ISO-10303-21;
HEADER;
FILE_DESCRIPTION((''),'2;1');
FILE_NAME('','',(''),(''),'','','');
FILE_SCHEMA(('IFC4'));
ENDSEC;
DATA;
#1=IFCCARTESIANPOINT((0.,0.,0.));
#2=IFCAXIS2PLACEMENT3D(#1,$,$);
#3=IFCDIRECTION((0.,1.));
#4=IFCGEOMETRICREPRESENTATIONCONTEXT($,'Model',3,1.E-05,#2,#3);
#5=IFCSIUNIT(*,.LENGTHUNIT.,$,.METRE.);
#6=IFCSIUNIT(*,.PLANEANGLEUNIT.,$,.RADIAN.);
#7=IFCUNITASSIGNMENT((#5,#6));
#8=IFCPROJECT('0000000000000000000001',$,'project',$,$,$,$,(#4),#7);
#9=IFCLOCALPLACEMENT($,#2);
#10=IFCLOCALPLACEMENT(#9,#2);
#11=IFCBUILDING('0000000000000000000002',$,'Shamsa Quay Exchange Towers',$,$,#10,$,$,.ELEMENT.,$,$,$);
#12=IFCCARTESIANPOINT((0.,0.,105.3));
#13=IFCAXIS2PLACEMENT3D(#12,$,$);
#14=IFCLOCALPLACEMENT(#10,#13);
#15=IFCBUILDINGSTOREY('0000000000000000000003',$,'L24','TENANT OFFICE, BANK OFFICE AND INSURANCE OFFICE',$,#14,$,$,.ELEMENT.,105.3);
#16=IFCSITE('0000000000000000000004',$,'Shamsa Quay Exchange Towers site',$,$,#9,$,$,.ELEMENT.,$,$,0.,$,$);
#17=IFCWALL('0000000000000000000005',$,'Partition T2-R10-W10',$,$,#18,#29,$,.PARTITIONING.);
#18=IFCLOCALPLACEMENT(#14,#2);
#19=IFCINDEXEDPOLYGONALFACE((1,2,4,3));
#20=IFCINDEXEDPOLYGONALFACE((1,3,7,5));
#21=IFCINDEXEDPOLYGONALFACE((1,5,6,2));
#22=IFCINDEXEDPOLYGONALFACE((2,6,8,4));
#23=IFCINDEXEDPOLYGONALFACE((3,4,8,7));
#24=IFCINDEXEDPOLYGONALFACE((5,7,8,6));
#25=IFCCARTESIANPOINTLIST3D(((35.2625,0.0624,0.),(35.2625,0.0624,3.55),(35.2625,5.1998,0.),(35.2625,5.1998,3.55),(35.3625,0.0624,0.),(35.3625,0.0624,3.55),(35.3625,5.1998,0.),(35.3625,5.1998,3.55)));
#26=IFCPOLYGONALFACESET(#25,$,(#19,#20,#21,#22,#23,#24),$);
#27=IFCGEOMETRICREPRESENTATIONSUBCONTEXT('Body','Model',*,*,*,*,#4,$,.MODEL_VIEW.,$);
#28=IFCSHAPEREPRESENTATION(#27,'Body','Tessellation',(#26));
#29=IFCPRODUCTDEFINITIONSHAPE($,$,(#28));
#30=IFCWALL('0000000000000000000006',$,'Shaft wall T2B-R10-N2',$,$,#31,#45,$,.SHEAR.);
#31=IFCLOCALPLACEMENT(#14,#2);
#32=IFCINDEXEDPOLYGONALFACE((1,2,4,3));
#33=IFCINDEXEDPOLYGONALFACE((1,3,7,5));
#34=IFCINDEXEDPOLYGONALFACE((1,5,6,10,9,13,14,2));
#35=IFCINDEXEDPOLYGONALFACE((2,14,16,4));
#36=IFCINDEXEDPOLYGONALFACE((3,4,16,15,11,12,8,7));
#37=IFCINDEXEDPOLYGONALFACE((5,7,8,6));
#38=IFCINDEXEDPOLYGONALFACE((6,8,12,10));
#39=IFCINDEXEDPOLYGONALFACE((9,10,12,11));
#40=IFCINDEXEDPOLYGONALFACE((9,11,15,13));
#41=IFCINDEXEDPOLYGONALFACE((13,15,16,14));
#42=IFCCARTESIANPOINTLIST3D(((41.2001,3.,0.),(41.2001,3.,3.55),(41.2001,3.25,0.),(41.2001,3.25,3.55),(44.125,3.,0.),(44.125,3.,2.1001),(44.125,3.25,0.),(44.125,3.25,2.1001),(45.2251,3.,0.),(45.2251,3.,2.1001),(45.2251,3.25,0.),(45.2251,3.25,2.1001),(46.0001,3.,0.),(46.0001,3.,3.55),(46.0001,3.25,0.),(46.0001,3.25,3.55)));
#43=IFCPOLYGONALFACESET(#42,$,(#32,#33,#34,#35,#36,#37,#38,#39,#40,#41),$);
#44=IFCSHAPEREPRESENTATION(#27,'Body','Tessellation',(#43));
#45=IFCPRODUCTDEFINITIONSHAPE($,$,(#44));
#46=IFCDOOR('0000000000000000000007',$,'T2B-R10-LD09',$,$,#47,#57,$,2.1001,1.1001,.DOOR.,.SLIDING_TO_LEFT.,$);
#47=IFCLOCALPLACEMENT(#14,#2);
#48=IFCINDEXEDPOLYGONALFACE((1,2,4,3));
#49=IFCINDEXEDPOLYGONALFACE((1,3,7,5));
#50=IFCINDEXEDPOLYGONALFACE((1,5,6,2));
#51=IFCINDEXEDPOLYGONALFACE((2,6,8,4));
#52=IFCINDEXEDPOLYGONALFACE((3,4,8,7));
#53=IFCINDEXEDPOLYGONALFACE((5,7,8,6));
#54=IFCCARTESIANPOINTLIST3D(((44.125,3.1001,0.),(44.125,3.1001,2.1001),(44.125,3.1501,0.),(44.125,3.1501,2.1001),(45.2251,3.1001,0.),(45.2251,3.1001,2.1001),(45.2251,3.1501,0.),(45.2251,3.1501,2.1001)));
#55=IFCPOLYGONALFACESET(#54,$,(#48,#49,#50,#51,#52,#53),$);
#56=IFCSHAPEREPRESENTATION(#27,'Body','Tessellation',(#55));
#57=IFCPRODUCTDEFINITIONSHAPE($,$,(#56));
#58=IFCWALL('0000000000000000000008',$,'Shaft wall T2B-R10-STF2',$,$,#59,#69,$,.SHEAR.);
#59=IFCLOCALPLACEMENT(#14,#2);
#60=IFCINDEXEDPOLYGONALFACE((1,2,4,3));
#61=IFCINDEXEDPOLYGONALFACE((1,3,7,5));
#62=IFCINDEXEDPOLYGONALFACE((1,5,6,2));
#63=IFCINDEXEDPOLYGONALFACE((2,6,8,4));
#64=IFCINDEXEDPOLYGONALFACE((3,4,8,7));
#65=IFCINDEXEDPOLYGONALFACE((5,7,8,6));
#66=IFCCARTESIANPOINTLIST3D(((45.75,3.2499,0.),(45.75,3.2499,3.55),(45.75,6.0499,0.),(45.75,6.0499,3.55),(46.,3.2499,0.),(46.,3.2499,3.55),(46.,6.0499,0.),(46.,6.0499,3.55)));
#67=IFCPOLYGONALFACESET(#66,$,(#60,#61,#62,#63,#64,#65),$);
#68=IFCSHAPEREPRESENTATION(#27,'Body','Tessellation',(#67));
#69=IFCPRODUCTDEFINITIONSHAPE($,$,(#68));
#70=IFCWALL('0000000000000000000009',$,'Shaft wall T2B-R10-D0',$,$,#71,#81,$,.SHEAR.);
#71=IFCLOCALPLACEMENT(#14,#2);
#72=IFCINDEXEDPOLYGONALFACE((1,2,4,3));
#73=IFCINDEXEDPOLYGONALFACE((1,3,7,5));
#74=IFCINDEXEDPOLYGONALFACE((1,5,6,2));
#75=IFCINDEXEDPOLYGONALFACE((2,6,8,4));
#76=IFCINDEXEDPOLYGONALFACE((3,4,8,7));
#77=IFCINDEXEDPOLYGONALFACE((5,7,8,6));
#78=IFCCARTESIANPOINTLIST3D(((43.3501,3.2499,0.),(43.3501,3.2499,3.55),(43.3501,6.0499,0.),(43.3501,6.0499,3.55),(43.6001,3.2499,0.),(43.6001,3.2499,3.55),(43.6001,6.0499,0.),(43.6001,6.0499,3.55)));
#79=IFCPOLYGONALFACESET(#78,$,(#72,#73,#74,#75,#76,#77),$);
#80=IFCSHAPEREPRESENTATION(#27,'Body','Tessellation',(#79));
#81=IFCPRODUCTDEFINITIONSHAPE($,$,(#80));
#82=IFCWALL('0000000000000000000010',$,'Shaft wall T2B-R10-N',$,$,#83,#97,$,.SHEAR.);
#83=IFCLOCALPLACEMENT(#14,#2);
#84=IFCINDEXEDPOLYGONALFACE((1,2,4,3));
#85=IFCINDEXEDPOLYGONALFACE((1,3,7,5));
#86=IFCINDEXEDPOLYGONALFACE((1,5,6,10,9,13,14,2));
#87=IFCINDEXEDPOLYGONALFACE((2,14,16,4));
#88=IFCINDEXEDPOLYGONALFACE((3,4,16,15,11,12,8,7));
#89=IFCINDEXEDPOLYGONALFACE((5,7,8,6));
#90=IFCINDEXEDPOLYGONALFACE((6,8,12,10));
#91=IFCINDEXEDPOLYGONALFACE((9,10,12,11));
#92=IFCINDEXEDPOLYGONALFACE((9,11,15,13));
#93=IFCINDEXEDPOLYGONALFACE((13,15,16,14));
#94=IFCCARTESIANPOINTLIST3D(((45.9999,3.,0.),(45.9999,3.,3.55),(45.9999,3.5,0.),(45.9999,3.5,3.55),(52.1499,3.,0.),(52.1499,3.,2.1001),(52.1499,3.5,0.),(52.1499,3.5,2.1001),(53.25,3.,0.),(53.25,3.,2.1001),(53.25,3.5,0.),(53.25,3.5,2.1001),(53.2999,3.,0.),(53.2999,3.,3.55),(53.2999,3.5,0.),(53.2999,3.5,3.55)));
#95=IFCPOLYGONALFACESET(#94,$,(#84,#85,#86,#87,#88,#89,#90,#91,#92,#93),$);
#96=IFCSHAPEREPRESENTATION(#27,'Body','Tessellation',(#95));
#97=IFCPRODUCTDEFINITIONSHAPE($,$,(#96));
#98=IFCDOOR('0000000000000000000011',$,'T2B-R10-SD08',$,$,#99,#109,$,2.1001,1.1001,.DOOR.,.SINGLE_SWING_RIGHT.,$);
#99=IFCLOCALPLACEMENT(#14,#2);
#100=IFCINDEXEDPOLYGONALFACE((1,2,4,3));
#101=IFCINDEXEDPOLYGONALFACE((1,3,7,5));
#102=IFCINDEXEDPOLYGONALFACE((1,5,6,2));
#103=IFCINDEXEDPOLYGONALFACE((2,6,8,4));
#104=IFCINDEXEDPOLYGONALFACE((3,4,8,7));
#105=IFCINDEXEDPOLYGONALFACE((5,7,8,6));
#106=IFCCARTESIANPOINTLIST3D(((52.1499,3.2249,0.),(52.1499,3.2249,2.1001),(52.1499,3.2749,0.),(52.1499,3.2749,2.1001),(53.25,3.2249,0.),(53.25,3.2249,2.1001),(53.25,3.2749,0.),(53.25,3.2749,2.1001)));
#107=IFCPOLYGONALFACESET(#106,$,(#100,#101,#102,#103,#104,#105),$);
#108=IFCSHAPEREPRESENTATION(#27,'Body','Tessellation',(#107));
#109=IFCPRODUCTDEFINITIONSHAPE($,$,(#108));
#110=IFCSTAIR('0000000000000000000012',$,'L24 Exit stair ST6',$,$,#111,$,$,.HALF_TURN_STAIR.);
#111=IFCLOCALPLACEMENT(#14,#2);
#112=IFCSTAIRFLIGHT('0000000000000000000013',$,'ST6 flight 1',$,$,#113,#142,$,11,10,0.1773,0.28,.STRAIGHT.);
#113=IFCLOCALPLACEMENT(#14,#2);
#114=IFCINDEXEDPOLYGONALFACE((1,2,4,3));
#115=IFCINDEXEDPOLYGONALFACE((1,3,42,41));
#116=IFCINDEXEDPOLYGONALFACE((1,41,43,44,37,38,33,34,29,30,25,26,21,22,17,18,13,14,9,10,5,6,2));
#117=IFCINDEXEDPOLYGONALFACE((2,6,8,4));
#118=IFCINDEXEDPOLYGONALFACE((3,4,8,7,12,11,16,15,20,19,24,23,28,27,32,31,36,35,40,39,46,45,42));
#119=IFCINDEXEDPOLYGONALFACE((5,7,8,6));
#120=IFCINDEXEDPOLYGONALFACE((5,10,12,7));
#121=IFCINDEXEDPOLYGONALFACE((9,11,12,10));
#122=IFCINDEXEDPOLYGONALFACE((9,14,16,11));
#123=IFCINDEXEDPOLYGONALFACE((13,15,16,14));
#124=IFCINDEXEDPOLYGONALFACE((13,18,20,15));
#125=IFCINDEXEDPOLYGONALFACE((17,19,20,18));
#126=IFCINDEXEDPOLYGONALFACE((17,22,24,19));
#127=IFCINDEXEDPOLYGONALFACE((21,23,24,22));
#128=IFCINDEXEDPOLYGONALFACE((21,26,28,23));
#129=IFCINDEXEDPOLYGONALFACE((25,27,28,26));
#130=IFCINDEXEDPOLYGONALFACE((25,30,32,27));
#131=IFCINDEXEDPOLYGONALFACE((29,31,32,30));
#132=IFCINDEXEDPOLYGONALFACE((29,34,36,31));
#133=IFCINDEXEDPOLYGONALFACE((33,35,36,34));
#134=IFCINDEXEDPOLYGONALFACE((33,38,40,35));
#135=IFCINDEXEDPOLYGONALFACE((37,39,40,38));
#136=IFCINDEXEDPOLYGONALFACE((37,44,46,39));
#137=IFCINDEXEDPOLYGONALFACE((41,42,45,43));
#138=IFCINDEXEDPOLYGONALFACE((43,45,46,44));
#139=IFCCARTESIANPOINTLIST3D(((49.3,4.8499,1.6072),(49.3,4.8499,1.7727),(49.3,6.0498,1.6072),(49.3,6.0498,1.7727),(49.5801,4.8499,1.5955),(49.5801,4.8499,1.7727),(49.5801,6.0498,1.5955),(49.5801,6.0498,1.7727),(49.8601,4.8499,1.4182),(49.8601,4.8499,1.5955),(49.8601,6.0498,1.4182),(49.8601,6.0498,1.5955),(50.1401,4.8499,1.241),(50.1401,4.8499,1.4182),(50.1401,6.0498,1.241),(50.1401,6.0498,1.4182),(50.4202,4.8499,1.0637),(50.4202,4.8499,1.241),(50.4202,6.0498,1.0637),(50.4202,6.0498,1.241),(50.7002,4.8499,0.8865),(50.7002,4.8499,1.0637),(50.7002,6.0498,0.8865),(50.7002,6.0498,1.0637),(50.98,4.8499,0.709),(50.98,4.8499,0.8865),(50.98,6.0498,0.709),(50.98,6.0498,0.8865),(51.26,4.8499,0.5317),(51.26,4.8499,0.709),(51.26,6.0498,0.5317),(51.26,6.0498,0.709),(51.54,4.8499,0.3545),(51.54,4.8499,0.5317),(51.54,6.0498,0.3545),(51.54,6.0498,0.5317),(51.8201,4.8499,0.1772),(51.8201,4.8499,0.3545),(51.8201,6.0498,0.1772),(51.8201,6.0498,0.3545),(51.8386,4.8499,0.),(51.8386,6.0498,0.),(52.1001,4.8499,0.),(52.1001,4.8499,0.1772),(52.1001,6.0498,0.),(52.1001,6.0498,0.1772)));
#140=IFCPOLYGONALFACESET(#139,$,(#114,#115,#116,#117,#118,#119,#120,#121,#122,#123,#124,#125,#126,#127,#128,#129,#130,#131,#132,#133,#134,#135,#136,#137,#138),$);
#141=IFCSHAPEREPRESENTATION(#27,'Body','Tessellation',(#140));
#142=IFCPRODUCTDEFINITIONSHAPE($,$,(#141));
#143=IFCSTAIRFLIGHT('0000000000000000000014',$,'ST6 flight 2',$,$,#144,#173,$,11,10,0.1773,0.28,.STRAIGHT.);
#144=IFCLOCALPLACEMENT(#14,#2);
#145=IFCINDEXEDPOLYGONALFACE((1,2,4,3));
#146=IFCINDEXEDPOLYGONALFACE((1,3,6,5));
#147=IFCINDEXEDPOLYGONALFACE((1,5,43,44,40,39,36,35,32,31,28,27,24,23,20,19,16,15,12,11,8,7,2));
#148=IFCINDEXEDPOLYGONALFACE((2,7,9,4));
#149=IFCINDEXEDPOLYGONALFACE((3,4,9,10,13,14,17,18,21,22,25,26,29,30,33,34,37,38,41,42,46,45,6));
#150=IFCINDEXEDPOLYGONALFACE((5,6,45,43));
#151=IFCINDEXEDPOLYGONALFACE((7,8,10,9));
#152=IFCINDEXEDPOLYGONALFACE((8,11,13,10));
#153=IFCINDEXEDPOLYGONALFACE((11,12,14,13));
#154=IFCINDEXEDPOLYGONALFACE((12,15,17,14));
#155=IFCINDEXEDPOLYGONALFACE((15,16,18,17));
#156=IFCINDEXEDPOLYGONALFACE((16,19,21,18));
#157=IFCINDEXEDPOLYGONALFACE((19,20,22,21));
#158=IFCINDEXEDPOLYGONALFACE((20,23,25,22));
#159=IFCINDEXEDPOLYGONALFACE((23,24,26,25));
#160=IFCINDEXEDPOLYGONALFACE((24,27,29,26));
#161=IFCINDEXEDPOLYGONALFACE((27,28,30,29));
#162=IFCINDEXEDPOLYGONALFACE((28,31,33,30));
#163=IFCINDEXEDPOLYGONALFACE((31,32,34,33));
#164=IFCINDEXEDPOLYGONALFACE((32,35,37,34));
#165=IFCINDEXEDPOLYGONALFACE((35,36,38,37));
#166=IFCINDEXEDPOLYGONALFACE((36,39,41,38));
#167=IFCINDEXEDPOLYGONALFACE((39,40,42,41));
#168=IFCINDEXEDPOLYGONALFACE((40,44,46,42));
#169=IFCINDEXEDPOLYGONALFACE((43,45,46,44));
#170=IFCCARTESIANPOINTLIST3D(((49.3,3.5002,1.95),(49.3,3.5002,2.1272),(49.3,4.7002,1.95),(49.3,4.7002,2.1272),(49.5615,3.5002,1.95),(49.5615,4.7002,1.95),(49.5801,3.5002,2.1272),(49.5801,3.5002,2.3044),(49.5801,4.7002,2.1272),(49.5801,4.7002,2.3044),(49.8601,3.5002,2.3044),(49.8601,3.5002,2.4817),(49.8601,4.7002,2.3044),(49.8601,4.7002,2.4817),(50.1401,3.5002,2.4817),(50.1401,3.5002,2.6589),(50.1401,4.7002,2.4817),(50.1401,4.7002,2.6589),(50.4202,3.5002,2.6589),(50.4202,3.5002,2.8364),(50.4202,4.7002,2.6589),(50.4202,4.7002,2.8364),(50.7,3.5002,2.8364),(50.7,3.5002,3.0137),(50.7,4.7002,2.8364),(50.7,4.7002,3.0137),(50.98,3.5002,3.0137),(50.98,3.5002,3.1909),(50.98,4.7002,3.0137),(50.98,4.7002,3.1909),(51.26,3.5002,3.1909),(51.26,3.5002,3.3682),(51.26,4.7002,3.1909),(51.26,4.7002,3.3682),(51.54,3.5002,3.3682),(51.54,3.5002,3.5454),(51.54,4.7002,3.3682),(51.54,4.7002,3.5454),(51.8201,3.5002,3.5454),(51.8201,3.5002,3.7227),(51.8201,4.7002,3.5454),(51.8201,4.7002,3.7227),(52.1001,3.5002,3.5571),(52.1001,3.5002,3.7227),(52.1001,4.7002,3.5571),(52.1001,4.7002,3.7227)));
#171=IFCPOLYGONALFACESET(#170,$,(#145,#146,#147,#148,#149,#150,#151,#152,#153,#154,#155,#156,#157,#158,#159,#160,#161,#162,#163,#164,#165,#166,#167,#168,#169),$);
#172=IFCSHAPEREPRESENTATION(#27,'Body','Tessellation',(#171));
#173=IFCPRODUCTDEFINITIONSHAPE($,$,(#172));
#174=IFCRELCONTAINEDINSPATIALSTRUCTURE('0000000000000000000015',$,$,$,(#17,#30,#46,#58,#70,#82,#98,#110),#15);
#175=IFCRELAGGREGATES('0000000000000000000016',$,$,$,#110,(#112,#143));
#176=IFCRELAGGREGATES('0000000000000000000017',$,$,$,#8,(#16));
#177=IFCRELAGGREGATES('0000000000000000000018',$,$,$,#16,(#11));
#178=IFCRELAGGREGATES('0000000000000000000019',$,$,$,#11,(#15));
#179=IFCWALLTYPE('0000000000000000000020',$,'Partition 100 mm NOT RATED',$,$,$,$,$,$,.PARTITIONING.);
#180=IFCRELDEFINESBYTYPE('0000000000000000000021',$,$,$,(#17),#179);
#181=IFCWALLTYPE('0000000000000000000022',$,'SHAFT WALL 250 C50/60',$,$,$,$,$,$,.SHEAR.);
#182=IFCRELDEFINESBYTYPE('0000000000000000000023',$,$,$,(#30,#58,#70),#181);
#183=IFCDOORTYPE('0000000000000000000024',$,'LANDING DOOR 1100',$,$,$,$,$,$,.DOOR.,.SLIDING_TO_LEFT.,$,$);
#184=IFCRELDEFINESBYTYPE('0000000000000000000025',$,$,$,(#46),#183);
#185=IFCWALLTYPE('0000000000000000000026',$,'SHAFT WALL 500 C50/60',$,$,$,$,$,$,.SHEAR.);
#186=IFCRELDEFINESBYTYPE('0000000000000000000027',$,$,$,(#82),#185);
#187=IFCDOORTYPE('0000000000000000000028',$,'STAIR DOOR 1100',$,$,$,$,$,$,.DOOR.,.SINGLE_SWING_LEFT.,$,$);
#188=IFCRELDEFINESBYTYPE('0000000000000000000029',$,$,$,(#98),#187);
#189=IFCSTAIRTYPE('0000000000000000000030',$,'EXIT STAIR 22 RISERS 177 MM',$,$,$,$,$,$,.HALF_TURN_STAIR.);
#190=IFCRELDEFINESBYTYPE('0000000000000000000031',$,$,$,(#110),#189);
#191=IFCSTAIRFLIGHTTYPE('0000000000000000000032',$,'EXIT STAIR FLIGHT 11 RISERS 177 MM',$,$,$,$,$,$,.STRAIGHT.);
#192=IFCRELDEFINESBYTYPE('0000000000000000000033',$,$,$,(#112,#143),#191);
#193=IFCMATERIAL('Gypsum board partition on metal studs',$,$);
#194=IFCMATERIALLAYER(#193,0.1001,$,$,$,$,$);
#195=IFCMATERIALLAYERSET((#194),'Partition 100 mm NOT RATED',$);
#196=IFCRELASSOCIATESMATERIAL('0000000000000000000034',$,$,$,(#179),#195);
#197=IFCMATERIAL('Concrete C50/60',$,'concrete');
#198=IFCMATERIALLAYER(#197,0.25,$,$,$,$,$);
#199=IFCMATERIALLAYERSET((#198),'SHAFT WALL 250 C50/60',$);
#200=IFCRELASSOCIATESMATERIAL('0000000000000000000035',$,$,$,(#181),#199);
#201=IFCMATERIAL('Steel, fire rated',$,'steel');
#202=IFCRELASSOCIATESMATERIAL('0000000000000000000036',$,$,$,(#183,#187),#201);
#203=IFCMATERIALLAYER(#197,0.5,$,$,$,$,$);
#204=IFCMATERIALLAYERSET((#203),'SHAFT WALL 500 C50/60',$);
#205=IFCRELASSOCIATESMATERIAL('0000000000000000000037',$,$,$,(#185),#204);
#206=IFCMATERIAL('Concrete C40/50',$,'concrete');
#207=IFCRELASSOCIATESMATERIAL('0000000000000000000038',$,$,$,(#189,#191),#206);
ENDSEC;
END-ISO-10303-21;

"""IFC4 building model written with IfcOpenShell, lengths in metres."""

from ifc_helpers import new_model, si_unit, direction, frame, frame_2d, origin, place, context, subcontext, project, spatial, polyline, rectangle, outline, extrude, material, layer, layer_set, type_object, element, fill, aggregate, save


model = new_model("IFC4")

# Units and contexts
model_context = context("Model", 3, precision=1e-05, world=origin(), true_north=direction((0.0, 1.0)))
body_context = subcontext(model_context, "Body", "Model", "MODEL_VIEW")
ifc_project = project(units=[si_unit("LENGTHUNIT", "METRE"), si_unit("PLANEANGLEUNIT", "RADIAN")], contexts=[model_context])

# Site, building, storey
site_placement = place(None, origin())
site = spatial("IfcSite", under=ifc_project, at=site_placement, Name="Shamsa Quay Exchange Towers site", CompositionType="ELEMENT", RefElevation=0.0)
building_placement = place(site_placement, origin())
building = spatial("IfcBuilding", under=site, at=building_placement, Name="Shamsa Quay Exchange Towers", CompositionType="ELEMENT")
storey_placement = place(building_placement, frame((0.0, 0.0, 105.3)))
storey = spatial("IfcBuildingStorey", under=building, at=storey_placement, Name="L24", Description="TENANT OFFICE, BANK OFFICE AND INSURANCE OFFICE", CompositionType="ELEMENT", Elevation=105.3)

# Shared definitions
ifc_material_1 = material(Name="Gypsum board partition on metal studs")
ifc_layer_1 = layer(ifc_material_1, 0.1001)
ifc_layer_set_1 = layer_set([ifc_layer_1], Name="Partition 100 mm NOT RATED")
wall_type_1 = type_object("IfcWallType", Name="Partition 100 mm NOT RATED", PredefinedType="PARTITIONING", material=ifc_layer_set_1)

# Wall
wall_1_placement = place(storey_placement, frame((35.3125, 5.2, 0.0), z_axis=(0.0, 0.0, 1.0), x_axis=(0.0, -1.0, 0.0)))
element("IfcWall", 1, at=wall_1_placement, inside=storey, type_object=wall_type_1, Name="Partition T2-R10-W10", PredefinedType="PARTITIONING", context=body_context, shape_type="SweptSolid", body=[
    extrude(rectangle(XDim=5.1375, YDim=0.1001, at=frame_2d((2.5688, 0.0))), origin(), (0.0, 0.0, 1.0), 3.55),
])

# Wall, opening, door
ifc_material_2 = material(Name="Concrete C50/60", Category="concrete")
ifc_layer_2 = layer(ifc_material_2, 0.25)
ifc_layer_set_2 = layer_set([ifc_layer_2], Name="SHAFT WALL 250 C50/60")
wall_type_2 = type_object("IfcWallType", Name="SHAFT WALL 250 C50/60", PredefinedType="SHEAR", material=ifc_layer_set_2)
wall_2_placement = place(storey_placement, frame((46.0, 3.125, 0.0), z_axis=(0.0, 0.0, 1.0), x_axis=(-1.0, 0.0, 0.0)))
wall_2 = element("IfcWall", 2, at=wall_2_placement, inside=storey, type_object=wall_type_2, Name="Shaft wall T2B-R10-N2", PredefinedType="SHEAR", context=body_context, shape_type="SweptSolid", body=[
    extrude(rectangle(XDim=4.8, YDim=0.25, at=frame_2d((2.3999, 0.0))), origin(), (0.0, 0.0, 1.0), 3.55),
])
opening_1_placement = place(wall_2_placement, frame((0.7749, 0.0, 0.0)))
opening_1 = element("IfcOpeningElement", 3, at=opening_1_placement, cuts=wall_2, PredefinedType="OPENING", context=body_context, shape_type="SweptSolid", body=[
    extrude(rectangle(XDim=1.1001, YDim=2.1001, at=frame_2d((0.55, 1.05))), frame((0.0, 0.135, 0.0), z_axis=(0.0, -1.0, 0.0), x_axis=(1.0, 0.0, 0.0)), (0.0, 0.0, 1.0), 0.27),
])
ifc_material_3 = material(Name="Steel, fire rated", Category="steel")
door_type_1 = type_object("IfcDoorType", Name="LANDING DOOR 1100", OperationType="SLIDING_TO_LEFT", PredefinedType="DOOR", material=ifc_material_3)
door_1_placement = place(opening_1_placement, origin())
door_1 = element("IfcDoor", 4, at=door_1_placement, inside=storey, type_object=door_type_1, Name="T2B-R10-LD09", OperationType="SLIDING_TO_LEFT", OverallHeight=2.1001, OverallWidth=1.1001, PredefinedType="DOOR", context=body_context, shape_type="SweptSolid", body=[
    extrude(rectangle(XDim=1.1001, YDim=2.1001, at=frame_2d((0.55, 1.05))), frame((0.0, 0.0249, 0.0), z_axis=(0.0, -1.0, 0.0), x_axis=(1.0, 0.0, 0.0)), (0.0, 0.0, 1.0), 0.05),
])
fill(opening_1, door_1)

# Walls
for number, where, z_axis, x_axis, name in (
    (5, (45.875, 3.25, 0.0), (0.0, 0.0, 1.0), (0.0, 1.0, 0.0), "Shaft wall T2B-R10-STF2"),
    (6, (43.4751, 3.25, 0.0), (0.0, 0.0, 1.0), (0.0, 1.0, 0.0), "Shaft wall T2B-R10-D0"),
):
    element("IfcWall", number, at=place(storey_placement, frame(where, z_axis=z_axis, x_axis=x_axis)), inside=storey, type_object=wall_type_2, Name=name, PredefinedType="SHEAR", context=body_context, shape_type="SweptSolid", body=[
        extrude(rectangle(XDim=2.8, YDim=0.25, at=frame_2d((1.3999, 0.0))), origin(), (0.0, 0.0, 1.0), 3.55),
    ])

# Wall, opening, door
ifc_layer_3 = layer(ifc_material_2, 0.5)
ifc_layer_set_3 = layer_set([ifc_layer_3], Name="SHAFT WALL 500 C50/60")
wall_type_3 = type_object("IfcWallType", Name="SHAFT WALL 500 C50/60", PredefinedType="SHEAR", material=ifc_layer_set_3)
wall_3_placement = place(storey_placement, frame((46.0, 3.25, 0.0)))
wall_3 = element("IfcWall", 7, at=wall_3_placement, inside=storey, type_object=wall_type_3, Name="Shaft wall T2B-R10-N", PredefinedType="SHEAR", context=body_context, shape_type="SweptSolid", body=[
    extrude(rectangle(XDim=7.3, YDim=0.5, at=frame_2d((3.6499, 0.0))), origin(), (0.0, 0.0, 1.0), 3.55),
])
opening_2_placement = place(wall_3_placement, frame((6.1499, 0.0, 0.0)))
opening_2 = element("IfcOpeningElement", 8, at=opening_2_placement, cuts=wall_3, PredefinedType="OPENING", context=body_context, shape_type="SweptSolid", body=[
    extrude(rectangle(XDim=1.1001, YDim=2.1001, at=frame_2d((0.55, 1.05))), frame((0.0, 0.26, 0.0), z_axis=(0.0, -1.0, 0.0), x_axis=(1.0, 0.0, 0.0)), (0.0, 0.0, 1.0), 0.52),
])
door_type_2 = type_object("IfcDoorType", Name="STAIR DOOR 1100", OperationType="SINGLE_SWING_LEFT", PredefinedType="DOOR", material=ifc_material_3)
door_2_placement = place(opening_2_placement, origin())
door_2 = element("IfcDoor", 9, at=door_2_placement, inside=storey, type_object=door_type_2, Name="T2B-R10-SD08", OperationType="SINGLE_SWING_RIGHT", OverallHeight=2.1001, OverallWidth=1.1001, PredefinedType="DOOR", context=body_context, shape_type="SweptSolid", body=[
    extrude(rectangle(XDim=1.1001, YDim=2.1001, at=frame_2d((0.55, 1.05))), frame((0.0, 0.0249, 0.0), z_axis=(0.0, -1.0, 0.0), x_axis=(1.0, 0.0, 0.0)), (0.0, 0.0, 1.0), 0.05),
])
fill(opening_2, door_2)

# Stair, stair flights
ifc_material_4 = material(Name="Concrete C40/50", Category="concrete")
stair_type = type_object("IfcStairType", Name="EXIT STAIR 22 RISERS 177 MM", PredefinedType="HALF_TURN_STAIR", material=ifc_material_4)
stair_placement = place(storey_placement, origin())
stair = element("IfcStair", 10, at=stair_placement, inside=storey, type_object=stair_type, Name="L24 Exit stair ST6", PredefinedType="HALF_TURN_STAIR")
stair_flight_type = type_object("IfcStairFlightType", Name="EXIT STAIR FLIGHT 11 RISERS 177 MM", PredefinedType="STRAIGHT", material=ifc_material_4)
stair_flight_1_placement = place(storey_placement, frame((52.1001, 5.45, 0.0), z_axis=(0.0, 0.0, 1.0), x_axis=(-1.0, 0.0, 0.0)))
stair_flight_1 = element("IfcStairFlight", 11, at=stair_flight_1_placement, type_object=stair_flight_type, Name="ST6 flight 1", NumberOfRisers=11, NumberOfTreads=10, PredefinedType="STRAIGHT", RiserHeight=0.1773, TreadLength=0.28, context=body_context, shape_type="SweptSolid", body=[
    extrude(outline(polyline([(0.0, 0.0), (0.0, 0.1772), (0.28, 0.1772), (0.28, 0.3545), (0.5601, 0.3545), (0.5601, 0.5317), (0.8401, 0.5317), (0.8401, 0.709), (1.1201, 0.709), (1.1201, 0.8865), (1.3999, 0.8865), (1.3999, 1.0637), (1.6799, 1.0637), (1.6799, 1.241), (1.96, 1.241), (1.96, 1.4182), (2.24, 1.4182), (2.24, 1.5955), (2.52, 1.5955), (2.52, 1.7727), (2.8, 1.7727), (2.8, 1.95), (2.8, 1.6072), (0.2615, 0.0), (0.0, 0.0)])), frame((0.0, 0.6001, 0.0), z_axis=(0.0, -1.0, 0.0), x_axis=(1.0, 0.0, 0.0)), (0.0, 0.0, 1.0), 1.2),
])
stair_flight_2_placement = place(storey_placement, frame((49.3, 4.1001, 1.95)))
stair_flight_2 = element("IfcStairFlight", 12, at=stair_flight_2_placement, type_object=stair_flight_type, Name="ST6 flight 2", NumberOfRisers=11, NumberOfTreads=10, PredefinedType="STRAIGHT", RiserHeight=0.1773, TreadLength=0.28, context=body_context, shape_type="SweptSolid", body=[
    extrude(outline(polyline([(0.0, 0.0), (0.0, 0.1772), (0.28, 0.1772), (0.28, 0.3545), (0.5601, 0.3545), (0.5601, 0.5317), (0.8401, 0.5317), (0.8401, 0.709), (1.1201, 0.709), (1.1201, 0.8865), (1.3999, 0.8865), (1.3999, 1.0637), (1.6799, 1.0637), (1.6799, 1.241), (1.96, 1.241), (1.96, 1.4182), (2.24, 1.4182), (2.24, 1.5955), (2.52, 1.5955), (2.52, 1.7727), (2.8, 1.7727), (2.8, 1.95), (2.8, 1.6072), (0.2615, 0.0), (0.0, 0.0)])), frame((0.0, 0.6001, 0.0), z_axis=(0.0, -1.0, 0.0), x_axis=(1.0, 0.0, 0.0)), (0.0, 0.0, 1.0), 1.2),
])
aggregate(stair, [stair_flight_1, stair_flight_2])

save(model, "model.ifc")
